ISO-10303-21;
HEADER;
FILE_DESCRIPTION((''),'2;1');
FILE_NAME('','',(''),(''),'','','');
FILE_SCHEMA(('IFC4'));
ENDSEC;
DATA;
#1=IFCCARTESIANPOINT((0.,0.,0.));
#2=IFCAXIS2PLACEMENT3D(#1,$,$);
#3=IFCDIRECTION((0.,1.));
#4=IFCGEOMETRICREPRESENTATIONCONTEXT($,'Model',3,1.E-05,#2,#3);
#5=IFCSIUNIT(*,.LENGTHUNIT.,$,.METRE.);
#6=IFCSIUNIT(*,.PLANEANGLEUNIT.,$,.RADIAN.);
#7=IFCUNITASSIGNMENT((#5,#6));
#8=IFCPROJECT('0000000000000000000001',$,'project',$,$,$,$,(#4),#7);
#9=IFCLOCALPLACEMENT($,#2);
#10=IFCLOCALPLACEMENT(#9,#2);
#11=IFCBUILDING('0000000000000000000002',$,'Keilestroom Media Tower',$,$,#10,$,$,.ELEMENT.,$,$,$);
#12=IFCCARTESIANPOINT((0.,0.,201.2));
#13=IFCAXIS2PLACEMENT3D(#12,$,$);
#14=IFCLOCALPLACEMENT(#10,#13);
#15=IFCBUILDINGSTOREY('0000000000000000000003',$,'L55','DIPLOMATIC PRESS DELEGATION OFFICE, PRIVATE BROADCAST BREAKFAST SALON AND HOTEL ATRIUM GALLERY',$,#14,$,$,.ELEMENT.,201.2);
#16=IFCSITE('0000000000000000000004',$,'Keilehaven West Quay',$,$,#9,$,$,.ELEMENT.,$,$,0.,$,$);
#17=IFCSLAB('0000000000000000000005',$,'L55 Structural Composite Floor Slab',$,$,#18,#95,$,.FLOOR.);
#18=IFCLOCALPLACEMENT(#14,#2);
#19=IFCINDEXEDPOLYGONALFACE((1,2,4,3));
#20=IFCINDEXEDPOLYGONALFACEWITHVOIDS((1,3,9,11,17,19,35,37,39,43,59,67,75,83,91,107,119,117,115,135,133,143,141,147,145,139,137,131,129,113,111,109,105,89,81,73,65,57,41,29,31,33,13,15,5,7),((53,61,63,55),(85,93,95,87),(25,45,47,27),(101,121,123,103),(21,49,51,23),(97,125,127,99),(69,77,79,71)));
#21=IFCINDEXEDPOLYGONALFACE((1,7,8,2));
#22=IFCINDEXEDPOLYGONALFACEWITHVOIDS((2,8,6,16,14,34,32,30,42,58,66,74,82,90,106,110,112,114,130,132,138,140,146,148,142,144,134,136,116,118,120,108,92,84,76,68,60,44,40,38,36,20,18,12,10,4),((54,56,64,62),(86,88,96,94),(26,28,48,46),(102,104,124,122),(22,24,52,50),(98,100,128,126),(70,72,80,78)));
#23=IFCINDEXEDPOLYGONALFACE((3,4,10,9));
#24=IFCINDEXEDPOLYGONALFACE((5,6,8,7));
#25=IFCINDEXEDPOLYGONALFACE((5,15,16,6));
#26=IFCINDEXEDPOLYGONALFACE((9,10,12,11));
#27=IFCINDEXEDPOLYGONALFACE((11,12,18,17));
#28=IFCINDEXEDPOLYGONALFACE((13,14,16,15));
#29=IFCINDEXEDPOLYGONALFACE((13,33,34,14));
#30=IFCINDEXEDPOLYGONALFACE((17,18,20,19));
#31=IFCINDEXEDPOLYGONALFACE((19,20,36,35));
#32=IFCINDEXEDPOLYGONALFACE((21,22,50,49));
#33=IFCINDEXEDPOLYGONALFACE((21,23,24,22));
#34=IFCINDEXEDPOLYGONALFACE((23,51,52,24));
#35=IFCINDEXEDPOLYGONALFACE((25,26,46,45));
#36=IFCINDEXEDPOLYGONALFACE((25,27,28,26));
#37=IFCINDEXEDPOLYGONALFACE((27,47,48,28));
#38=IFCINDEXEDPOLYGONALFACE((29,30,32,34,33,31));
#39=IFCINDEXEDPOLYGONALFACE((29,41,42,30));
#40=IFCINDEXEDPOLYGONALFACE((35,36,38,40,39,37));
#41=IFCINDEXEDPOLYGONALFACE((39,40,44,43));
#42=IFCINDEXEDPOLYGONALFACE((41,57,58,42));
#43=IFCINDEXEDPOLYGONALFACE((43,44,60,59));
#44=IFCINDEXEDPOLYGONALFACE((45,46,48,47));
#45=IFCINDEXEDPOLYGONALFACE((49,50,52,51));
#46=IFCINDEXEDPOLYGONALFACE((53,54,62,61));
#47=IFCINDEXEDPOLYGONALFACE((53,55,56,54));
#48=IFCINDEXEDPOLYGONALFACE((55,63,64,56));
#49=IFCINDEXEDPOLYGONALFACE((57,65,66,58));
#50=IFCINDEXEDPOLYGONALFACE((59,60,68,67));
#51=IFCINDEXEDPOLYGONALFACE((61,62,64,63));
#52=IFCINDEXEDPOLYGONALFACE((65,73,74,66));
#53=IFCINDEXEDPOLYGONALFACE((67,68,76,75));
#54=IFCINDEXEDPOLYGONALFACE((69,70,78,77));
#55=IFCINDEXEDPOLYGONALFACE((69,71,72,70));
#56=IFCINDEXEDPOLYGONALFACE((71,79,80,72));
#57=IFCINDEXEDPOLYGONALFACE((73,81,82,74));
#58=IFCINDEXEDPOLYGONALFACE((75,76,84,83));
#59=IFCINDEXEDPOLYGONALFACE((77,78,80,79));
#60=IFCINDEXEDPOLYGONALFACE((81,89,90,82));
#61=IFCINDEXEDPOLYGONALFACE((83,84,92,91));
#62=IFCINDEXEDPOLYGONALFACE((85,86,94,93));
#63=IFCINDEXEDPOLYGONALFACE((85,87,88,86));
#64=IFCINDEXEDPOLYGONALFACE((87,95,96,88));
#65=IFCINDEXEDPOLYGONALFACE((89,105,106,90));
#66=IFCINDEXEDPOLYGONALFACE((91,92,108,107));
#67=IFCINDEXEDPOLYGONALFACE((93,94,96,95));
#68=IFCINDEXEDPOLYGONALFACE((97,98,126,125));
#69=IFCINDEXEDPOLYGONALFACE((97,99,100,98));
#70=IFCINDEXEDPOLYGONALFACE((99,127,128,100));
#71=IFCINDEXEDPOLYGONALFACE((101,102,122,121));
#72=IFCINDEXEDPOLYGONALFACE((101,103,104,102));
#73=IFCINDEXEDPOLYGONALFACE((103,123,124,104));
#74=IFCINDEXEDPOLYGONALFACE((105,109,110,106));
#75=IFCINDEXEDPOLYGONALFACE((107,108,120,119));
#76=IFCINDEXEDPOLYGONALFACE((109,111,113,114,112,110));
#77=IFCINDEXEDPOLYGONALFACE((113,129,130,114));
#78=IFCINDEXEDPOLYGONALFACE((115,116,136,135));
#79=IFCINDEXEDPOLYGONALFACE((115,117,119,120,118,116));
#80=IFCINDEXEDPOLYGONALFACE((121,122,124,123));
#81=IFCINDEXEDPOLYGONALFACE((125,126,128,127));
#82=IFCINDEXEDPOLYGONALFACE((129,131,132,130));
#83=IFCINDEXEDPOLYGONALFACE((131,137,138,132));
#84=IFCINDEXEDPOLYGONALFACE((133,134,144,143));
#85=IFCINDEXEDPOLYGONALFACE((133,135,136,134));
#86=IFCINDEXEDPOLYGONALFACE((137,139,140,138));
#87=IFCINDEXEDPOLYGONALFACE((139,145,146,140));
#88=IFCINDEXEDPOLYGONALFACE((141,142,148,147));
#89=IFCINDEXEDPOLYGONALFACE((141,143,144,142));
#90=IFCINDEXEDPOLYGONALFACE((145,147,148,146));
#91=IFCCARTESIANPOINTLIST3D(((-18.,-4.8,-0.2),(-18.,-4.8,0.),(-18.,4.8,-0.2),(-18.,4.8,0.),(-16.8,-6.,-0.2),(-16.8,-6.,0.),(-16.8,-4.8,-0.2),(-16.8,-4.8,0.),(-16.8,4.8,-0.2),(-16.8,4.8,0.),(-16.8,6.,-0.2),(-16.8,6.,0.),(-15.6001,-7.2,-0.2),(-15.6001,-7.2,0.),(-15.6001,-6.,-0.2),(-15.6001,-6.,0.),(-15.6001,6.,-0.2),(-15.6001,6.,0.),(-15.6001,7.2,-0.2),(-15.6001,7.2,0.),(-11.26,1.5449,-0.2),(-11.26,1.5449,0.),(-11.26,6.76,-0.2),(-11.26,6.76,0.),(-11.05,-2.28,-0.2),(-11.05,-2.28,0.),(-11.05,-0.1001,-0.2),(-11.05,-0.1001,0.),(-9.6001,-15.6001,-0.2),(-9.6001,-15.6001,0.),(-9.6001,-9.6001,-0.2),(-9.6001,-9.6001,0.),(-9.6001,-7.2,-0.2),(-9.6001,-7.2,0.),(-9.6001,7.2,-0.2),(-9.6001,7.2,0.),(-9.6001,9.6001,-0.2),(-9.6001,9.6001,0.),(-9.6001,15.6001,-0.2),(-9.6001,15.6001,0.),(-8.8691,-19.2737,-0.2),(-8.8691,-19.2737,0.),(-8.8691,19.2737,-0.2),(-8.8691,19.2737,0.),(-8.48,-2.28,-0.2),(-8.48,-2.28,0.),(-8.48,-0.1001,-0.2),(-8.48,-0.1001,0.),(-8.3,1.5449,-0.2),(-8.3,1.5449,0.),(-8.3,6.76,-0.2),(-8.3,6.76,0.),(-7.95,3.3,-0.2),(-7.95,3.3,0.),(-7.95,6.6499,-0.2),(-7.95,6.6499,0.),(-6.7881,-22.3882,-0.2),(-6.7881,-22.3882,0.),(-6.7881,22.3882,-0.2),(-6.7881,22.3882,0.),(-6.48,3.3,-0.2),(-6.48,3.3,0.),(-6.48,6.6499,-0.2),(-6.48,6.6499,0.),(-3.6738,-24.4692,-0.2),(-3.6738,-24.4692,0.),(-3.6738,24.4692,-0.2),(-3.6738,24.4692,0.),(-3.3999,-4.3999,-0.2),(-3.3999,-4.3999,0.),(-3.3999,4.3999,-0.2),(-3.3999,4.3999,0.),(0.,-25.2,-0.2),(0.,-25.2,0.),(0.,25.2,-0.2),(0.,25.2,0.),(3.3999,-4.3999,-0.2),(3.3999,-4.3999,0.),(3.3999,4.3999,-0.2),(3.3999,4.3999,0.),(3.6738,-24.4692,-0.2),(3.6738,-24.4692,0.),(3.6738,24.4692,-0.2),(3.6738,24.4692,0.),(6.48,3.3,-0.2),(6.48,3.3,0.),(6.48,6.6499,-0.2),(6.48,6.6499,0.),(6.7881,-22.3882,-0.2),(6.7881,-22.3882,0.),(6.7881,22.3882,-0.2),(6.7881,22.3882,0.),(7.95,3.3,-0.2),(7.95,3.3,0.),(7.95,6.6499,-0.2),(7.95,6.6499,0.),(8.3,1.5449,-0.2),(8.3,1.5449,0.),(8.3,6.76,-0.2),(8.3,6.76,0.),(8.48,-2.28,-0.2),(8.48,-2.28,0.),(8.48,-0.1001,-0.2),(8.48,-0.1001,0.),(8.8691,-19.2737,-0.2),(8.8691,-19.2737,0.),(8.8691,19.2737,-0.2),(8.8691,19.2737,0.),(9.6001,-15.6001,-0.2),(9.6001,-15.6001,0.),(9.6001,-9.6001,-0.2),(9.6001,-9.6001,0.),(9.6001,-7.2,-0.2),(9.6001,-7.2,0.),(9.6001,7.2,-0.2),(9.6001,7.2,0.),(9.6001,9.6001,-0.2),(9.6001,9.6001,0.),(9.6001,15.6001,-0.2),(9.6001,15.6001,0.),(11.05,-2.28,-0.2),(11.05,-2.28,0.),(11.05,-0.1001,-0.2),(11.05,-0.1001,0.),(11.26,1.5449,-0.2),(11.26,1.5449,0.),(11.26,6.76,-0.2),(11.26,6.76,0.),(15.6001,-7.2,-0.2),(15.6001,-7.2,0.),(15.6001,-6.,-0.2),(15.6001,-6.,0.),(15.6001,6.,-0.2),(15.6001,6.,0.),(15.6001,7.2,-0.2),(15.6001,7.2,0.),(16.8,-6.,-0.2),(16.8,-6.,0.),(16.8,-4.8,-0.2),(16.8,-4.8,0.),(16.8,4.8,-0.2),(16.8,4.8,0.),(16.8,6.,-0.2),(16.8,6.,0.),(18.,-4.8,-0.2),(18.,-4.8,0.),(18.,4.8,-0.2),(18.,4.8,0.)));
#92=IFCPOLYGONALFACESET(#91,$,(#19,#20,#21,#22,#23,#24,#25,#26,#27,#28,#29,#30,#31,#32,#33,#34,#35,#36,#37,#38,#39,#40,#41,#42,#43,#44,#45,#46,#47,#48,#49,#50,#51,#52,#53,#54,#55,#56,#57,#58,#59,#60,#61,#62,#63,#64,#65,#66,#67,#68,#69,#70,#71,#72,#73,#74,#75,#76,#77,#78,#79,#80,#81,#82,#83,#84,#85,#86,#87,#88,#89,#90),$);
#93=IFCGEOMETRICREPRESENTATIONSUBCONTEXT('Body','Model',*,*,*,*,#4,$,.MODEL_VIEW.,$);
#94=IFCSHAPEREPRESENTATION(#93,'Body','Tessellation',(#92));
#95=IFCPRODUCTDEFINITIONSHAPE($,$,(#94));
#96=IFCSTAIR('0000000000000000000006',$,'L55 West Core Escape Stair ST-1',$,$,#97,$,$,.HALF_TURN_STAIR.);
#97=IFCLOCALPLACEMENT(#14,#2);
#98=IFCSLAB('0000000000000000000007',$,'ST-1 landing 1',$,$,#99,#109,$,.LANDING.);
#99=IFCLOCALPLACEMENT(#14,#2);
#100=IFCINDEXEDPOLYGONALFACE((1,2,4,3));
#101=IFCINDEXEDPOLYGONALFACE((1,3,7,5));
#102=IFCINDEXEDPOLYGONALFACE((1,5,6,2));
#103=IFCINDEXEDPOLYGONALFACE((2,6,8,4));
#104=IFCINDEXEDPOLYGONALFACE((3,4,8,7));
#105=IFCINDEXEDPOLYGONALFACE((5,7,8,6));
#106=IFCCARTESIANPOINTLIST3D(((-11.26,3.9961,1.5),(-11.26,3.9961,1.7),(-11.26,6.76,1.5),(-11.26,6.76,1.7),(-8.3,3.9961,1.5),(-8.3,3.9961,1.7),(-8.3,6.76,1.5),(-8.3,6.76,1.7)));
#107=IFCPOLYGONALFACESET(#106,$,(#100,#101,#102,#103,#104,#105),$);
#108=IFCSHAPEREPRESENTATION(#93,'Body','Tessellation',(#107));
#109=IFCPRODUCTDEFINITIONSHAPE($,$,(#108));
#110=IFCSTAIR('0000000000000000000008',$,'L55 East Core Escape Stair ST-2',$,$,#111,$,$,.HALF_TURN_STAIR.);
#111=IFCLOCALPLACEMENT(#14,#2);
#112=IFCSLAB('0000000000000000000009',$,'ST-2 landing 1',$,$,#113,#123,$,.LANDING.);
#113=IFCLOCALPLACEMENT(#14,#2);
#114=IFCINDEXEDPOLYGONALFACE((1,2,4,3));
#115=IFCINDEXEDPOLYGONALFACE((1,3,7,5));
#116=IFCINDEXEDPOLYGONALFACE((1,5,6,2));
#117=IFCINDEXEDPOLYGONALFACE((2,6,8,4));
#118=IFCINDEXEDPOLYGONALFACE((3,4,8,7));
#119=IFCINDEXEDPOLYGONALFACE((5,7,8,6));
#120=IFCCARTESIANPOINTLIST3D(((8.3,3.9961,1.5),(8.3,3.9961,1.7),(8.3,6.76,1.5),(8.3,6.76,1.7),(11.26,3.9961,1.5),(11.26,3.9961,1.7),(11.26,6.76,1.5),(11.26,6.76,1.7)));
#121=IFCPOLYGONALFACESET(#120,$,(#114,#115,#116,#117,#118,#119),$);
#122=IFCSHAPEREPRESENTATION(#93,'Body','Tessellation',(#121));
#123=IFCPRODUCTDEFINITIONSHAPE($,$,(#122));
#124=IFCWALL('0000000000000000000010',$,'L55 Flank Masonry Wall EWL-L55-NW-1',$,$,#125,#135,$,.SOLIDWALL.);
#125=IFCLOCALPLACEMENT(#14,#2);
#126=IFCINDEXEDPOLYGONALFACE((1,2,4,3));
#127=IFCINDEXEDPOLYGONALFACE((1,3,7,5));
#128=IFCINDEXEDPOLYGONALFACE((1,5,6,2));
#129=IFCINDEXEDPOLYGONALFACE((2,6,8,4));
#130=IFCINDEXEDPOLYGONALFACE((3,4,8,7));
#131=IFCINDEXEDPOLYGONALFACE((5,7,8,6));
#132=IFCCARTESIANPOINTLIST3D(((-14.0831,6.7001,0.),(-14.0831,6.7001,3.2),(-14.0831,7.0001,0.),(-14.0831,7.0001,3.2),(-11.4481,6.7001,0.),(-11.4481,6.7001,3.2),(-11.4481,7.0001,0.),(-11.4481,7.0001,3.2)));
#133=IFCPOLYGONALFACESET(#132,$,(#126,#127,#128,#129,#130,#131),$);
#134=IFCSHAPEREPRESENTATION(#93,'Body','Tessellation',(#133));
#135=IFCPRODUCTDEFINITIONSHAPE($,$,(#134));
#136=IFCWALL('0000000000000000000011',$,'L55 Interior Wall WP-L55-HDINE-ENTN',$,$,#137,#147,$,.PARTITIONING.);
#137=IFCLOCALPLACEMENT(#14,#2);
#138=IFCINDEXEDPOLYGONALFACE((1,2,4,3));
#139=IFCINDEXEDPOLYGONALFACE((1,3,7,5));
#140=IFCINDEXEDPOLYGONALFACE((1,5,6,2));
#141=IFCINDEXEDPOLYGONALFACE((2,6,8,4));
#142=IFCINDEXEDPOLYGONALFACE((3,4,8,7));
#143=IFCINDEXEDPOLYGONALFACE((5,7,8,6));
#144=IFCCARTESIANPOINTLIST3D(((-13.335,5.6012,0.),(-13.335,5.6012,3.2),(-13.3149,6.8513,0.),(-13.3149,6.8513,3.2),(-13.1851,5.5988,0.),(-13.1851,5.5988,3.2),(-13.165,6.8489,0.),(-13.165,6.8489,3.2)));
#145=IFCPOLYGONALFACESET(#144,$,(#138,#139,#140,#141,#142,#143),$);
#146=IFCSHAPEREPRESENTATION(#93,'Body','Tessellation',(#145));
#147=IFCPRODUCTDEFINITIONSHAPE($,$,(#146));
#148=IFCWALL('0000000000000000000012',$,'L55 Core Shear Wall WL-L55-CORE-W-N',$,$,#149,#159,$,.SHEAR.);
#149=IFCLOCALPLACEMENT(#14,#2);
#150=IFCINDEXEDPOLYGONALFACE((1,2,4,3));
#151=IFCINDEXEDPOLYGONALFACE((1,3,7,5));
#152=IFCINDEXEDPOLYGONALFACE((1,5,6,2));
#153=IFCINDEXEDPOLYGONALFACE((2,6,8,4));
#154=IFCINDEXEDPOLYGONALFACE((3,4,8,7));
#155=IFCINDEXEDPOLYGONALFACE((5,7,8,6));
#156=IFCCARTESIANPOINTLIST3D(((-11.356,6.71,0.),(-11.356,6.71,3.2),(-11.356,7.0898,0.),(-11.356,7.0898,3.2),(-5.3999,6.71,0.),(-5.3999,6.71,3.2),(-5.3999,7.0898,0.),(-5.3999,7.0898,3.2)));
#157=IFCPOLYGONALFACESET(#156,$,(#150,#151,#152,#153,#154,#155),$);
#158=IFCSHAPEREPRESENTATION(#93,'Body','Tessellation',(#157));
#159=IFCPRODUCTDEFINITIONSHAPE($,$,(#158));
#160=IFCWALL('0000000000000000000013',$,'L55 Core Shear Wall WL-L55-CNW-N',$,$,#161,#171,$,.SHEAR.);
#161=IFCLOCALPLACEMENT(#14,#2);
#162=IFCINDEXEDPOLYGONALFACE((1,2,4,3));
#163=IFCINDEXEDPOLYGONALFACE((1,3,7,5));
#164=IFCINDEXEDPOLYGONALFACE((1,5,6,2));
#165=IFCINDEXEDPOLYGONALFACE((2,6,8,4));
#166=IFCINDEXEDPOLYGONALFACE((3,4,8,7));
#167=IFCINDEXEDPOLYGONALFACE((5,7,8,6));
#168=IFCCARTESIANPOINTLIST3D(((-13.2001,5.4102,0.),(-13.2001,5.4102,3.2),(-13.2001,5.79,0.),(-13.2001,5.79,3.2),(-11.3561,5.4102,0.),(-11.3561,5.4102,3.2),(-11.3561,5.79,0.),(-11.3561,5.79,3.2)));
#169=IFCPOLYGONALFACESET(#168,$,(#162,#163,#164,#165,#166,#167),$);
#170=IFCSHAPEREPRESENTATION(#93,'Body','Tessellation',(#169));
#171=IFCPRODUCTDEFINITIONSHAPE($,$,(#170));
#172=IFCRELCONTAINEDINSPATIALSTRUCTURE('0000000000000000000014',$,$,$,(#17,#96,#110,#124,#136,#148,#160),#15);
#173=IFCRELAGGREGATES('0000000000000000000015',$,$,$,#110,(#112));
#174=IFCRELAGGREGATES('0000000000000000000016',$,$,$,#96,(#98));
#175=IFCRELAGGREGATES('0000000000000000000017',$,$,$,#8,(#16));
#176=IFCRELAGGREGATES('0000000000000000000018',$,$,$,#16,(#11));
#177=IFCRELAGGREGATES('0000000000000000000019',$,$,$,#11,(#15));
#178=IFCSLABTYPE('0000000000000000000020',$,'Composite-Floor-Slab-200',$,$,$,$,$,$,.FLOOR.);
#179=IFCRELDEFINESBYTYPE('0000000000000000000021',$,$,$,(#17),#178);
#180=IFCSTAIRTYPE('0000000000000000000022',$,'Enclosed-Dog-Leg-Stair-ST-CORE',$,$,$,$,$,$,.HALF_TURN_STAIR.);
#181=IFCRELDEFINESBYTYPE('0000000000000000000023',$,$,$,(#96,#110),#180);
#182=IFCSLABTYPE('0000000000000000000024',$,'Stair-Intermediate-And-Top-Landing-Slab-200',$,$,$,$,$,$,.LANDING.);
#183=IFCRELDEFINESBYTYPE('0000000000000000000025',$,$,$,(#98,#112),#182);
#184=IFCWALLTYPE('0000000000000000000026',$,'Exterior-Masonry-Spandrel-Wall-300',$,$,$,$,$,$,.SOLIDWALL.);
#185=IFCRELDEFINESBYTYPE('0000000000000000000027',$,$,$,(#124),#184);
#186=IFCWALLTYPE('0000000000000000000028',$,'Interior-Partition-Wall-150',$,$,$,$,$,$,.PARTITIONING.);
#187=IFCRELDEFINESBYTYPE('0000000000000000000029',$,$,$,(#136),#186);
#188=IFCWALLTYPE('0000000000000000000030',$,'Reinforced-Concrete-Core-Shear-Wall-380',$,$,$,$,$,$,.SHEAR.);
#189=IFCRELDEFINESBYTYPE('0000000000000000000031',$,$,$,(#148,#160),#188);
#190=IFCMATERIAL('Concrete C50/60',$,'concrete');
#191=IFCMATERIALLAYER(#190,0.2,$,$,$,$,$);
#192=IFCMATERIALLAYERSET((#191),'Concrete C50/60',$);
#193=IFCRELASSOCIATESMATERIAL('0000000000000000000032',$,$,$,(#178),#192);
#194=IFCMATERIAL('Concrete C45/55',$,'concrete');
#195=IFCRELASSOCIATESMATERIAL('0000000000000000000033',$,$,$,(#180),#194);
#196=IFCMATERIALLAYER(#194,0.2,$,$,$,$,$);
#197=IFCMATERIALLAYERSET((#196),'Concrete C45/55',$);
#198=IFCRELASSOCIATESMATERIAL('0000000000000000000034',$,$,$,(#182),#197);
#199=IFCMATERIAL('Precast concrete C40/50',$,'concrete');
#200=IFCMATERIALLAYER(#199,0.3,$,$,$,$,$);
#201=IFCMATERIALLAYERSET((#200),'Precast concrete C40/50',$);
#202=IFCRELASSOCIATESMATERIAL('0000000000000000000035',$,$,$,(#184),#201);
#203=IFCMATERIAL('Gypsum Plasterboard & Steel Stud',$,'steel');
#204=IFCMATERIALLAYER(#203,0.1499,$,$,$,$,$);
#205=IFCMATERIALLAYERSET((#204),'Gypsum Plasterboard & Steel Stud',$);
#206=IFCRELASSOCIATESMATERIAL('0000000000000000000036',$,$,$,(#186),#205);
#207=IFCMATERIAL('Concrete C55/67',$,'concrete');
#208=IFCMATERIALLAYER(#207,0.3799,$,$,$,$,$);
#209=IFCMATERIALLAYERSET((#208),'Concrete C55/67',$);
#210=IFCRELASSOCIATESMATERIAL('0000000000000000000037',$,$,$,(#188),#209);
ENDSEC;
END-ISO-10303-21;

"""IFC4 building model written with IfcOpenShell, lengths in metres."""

from ifc_helpers import new_model, si_unit, direction, frame, frame_2d, origin, place, context, subcontext, project, spatial, polyline, rectangle, outline, extrude, material, layer, layer_set, type_object, element, aggregate, save


model = new_model("IFC4")

# Units and contexts
model_context = context("Model", 3, precision=1e-05, world=origin(), true_north=direction((0.0, 1.0)))
body_context = subcontext(model_context, "Body", "Model", "MODEL_VIEW")
ifc_project = project(units=[si_unit("LENGTHUNIT", "METRE"), si_unit("PLANEANGLEUNIT", "RADIAN")], contexts=[model_context])

# Site, building, storey
site_placement = place(None, origin())
site = spatial("IfcSite", under=ifc_project, at=site_placement, Name="Keilehaven West Quay", CompositionType="ELEMENT", RefElevation=0.0)
building_placement = place(site_placement, origin())
building = spatial("IfcBuilding", under=site, at=building_placement, Name="Keilestroom Media Tower", CompositionType="ELEMENT")
storey_placement = place(building_placement, frame((0.0, 0.0, 201.2)))
storey = spatial("IfcBuildingStorey", under=building, at=storey_placement, Name="L55", Description="DIPLOMATIC PRESS DELEGATION OFFICE, PRIVATE BROADCAST BREAKFAST SALON AND HOTEL ATRIUM GALLERY", CompositionType="ELEMENT", Elevation=201.2)

# Slab
ifc_material_1 = material(Name="Concrete C50/60", Category="concrete")
ifc_layer_1 = layer(ifc_material_1, 0.2)
ifc_layer_set_1 = layer_set([ifc_layer_1], Name="Concrete C50/60")
slab_type_1 = type_object("IfcSlabType", Name="Composite-Floor-Slab-200", PredefinedType="FLOOR", material=ifc_layer_set_1)
slab_1_placement = place(storey_placement, frame((0.0, 0.0, -0.2)))
element("IfcSlab", 1, at=slab_1_placement, inside=storey, type_object=slab_type_1, Name="L55 Structural Composite Floor Slab", PredefinedType="FLOOR", context=body_context, shape_type="SweptSolid", body=[
    extrude(outline(polyline([(18.0, -4.8), (18.0, 4.8), (16.8, 4.8), (16.8, 6.0), (15.6001, 6.0), (15.6001, 7.2), (9.6001, 7.2), (9.6001, 9.6001), (9.6001, 15.6001), (8.8691, 19.2737), (6.7881, 22.3882), (3.6738, 24.4692), (0.0, 25.2), (-3.6738, 24.4692), (-6.7881, 22.3882), (-8.8691, 19.2737), (-9.6001, 15.6001), (-9.6001, 9.6001), (-9.6001, 7.2), (-15.6001, 7.2), (-15.6001, 6.0), (-16.8, 6.0), (-16.8, 4.8), (-18.0, 4.8), (-18.0, -4.8), (-16.8, -4.8), (-16.8, -6.0), (-15.6001, -6.0), (-15.6001, -7.2), (-9.6001, -7.2), (-9.6001, -9.6001), (-9.6001, -15.6001), (-8.8691, -19.2737), (-6.7881, -22.3882), (-3.6738, -24.4692), (0.0, -25.2), (3.6738, -24.4692), (6.7881, -22.3882), (8.8691, -19.2737), (9.6001, -15.6001), (9.6001, -9.6001), (9.6001, -7.2), (15.6001, -7.2), (15.6001, -6.0), (16.8, -6.0), (16.8, -4.8), (18.0, -4.8)]), holes=[polyline([(-8.3, 1.5449), (-11.26, 1.5449), (-11.26, 6.76), (-8.3, 6.76), (-8.3, 1.5449)]), polyline([(-8.48, -2.28), (-11.05, -2.28), (-11.05, -0.1001), (-8.48, -0.1001), (-8.48, -2.28)]), polyline([(-6.48, 3.3), (-7.95, 3.3), (-7.95, 6.6499), (-6.48, 6.6499), (-6.48, 3.3)]), polyline([(3.3999, -4.3999), (-3.3999, -4.3999), (-3.3999, 4.3999), (3.3999, 4.3999), (3.3999, -4.3999)]), polyline([(7.95, 3.3), (6.48, 3.3), (6.48, 6.6499), (7.95, 6.6499), (7.95, 3.3)]), polyline([(11.26, 1.5449), (8.3, 1.5449), (8.3, 6.76), (11.26, 6.76), (11.26, 1.5449)]), polyline([(11.05, -2.28), (8.48, -2.28), (8.48, -0.1001), (11.05, -0.1001), (11.05, -2.28)])]), origin(), (0.0, 0.0, 1.0), 0.2),
])

# Stairs, slabs
ifc_material_2 = material(Name="Concrete C45/55", Category="concrete")
stair_type = type_object("IfcStairType", Name="Enclosed-Dog-Leg-Stair-ST-CORE", PredefinedType="HALF_TURN_STAIR", material=ifc_material_2)
stair_1_placement = place(storey_placement, origin())
stair_1 = element("IfcStair", 2, at=stair_1_placement, inside=storey, type_object=stair_type, Name="L55 West Core Escape Stair ST-1", PredefinedType="HALF_TURN_STAIR")
ifc_layer_2 = layer(ifc_material_2, 0.2)
ifc_layer_set_2 = layer_set([ifc_layer_2], Name="Concrete C45/55")
slab_type_2 = type_object("IfcSlabType", Name="Stair-Intermediate-And-Top-Landing-Slab-200", PredefinedType="LANDING", material=ifc_layer_set_2)
slab_2_placement = place(storey_placement, frame((0.0, 0.0, 1.5)))
slab_2 = element("IfcSlab", 3, at=slab_2_placement, type_object=slab_type_2, Name="ST-1 landing 1", PredefinedType="LANDING", context=body_context, shape_type="SweptSolid", body=[
    extrude(outline(polyline([(-8.3, 3.9961), (-8.3, 6.76), (-11.26, 6.76), (-11.26, 3.9961), (-8.3, 3.9961)])), origin(), (0.0, 0.0, 1.0), 0.2),
])
stair_2_placement = place(storey_placement, origin())
stair_2 = element("IfcStair", 4, at=stair_2_placement, inside=storey, type_object=stair_type, Name="L55 East Core Escape Stair ST-2", PredefinedType="HALF_TURN_STAIR")
slab_3_placement = place(storey_placement, frame((0.0, 0.0, 1.5)))
slab_3 = element("IfcSlab", 5, at=slab_3_placement, type_object=slab_type_2, Name="ST-2 landing 1", PredefinedType="LANDING", context=body_context, shape_type="SweptSolid", body=[
    extrude(outline(polyline([(11.26, 3.9961), (11.26, 6.76), (8.3, 6.76), (8.3, 3.9961), (11.26, 3.9961)])), origin(), (0.0, 0.0, 1.0), 0.2),
])
aggregate(stair_2, [slab_3])

# Walls
ifc_material_3 = material(Name="Precast concrete C40/50", Category="concrete")
ifc_layer_3 = layer(ifc_material_3, 0.3)
ifc_layer_set_3 = layer_set([ifc_layer_3], Name="Precast concrete C40/50")
wall_type_1 = type_object("IfcWallType", Name="Exterior-Masonry-Spandrel-Wall-300", PredefinedType="SOLIDWALL", material=ifc_layer_set_3)
wall_1_placement = place(storey_placement, frame((-14.083, 6.8501, 0.0), z_axis=(0.0, 0.0, 1.0), x_axis=(1.0, 0.0, 0.0)))
element("IfcWall", 6, at=wall_1_placement, inside=storey, type_object=wall_type_1, Name="L55 Flank Masonry Wall EWL-L55-NW-1", PredefinedType="SOLIDWALL", context=body_context, shape_type="SweptSolid", body=[
    extrude(rectangle(XDim=2.635, YDim=0.3, at=frame_2d((1.3174, 0.0))), origin(), (0.0, 0.0, 1.0), 3.2),
])
ifc_material_4 = material(Name="Gypsum Plasterboard & Steel Stud", Category="steel")
ifc_layer_4 = layer(ifc_material_4, 0.1499)
ifc_layer_set_4 = layer_set([ifc_layer_4], Name="Gypsum Plasterboard & Steel Stud")
wall_type_2 = type_object("IfcWallType", Name="Interior-Partition-Wall-150", PredefinedType="PARTITIONING", material=ifc_layer_set_4)
wall_2_placement = place(storey_placement, frame((-13.26, 5.6001, 0.0), z_axis=(0.0, 0.0, 1.0), x_axis=(0.016014, 0.999872, 0.0)))
element("IfcWall", 7, at=wall_2_placement, inside=storey, type_object=wall_type_2, Name="L55 Interior Wall WP-L55-HDINE-ENTN", PredefinedType="PARTITIONING", context=body_context, shape_type="SweptSolid", body=[
    extrude(rectangle(XDim=1.2502, YDim=0.1499, at=frame_2d((0.625, 0.0))), origin(), (0.0, 0.0, 1.0), 3.2),
])
ifc_material_5 = material(Name="Concrete C55/67", Category="concrete")
ifc_layer_5 = layer(ifc_material_5, 0.3799)
ifc_layer_set_5 = layer_set([ifc_layer_5], Name="Concrete C55/67")
wall_type_3 = type_object("IfcWallType", Name="Reinforced-Concrete-Core-Shear-Wall-380", PredefinedType="SHEAR", material=ifc_layer_set_5)
wall_3_placement = place(storey_placement, frame((-11.356, 6.8999, 0.0), z_axis=(0.0, 0.0, 1.0), x_axis=(1.0, 0.0, 0.0)))
element("IfcWall", 8, at=wall_3_placement, inside=storey, type_object=wall_type_3, Name="L55 Core Shear Wall WL-L55-CORE-W-N", PredefinedType="SHEAR", context=body_context, shape_type="SweptSolid", body=[
    extrude(rectangle(XDim=5.9561, YDim=0.3799, at=frame_2d((2.978, 0.0))), origin(), (0.0, 0.0, 1.0), 3.2),
])
wall_4_placement = place(storey_placement, frame((-13.2, 5.6001, 0.0), z_axis=(0.0, 0.0, 1.0), x_axis=(1.0, 0.0, 0.0)))
element("IfcWall", 9, at=wall_4_placement, inside=storey, type_object=wall_type_3, Name="L55 Core Shear Wall WL-L55-CNW-N", PredefinedType="SHEAR", context=body_context, shape_type="SweptSolid", body=[
    extrude(rectangle(XDim=1.844, YDim=0.3799, at=frame_2d((0.9219, 0.0))), origin(), (0.0, 0.0, 1.0), 3.2),
])

aggregate(stair_1, [slab_2])

save(model, "model.ifc")
